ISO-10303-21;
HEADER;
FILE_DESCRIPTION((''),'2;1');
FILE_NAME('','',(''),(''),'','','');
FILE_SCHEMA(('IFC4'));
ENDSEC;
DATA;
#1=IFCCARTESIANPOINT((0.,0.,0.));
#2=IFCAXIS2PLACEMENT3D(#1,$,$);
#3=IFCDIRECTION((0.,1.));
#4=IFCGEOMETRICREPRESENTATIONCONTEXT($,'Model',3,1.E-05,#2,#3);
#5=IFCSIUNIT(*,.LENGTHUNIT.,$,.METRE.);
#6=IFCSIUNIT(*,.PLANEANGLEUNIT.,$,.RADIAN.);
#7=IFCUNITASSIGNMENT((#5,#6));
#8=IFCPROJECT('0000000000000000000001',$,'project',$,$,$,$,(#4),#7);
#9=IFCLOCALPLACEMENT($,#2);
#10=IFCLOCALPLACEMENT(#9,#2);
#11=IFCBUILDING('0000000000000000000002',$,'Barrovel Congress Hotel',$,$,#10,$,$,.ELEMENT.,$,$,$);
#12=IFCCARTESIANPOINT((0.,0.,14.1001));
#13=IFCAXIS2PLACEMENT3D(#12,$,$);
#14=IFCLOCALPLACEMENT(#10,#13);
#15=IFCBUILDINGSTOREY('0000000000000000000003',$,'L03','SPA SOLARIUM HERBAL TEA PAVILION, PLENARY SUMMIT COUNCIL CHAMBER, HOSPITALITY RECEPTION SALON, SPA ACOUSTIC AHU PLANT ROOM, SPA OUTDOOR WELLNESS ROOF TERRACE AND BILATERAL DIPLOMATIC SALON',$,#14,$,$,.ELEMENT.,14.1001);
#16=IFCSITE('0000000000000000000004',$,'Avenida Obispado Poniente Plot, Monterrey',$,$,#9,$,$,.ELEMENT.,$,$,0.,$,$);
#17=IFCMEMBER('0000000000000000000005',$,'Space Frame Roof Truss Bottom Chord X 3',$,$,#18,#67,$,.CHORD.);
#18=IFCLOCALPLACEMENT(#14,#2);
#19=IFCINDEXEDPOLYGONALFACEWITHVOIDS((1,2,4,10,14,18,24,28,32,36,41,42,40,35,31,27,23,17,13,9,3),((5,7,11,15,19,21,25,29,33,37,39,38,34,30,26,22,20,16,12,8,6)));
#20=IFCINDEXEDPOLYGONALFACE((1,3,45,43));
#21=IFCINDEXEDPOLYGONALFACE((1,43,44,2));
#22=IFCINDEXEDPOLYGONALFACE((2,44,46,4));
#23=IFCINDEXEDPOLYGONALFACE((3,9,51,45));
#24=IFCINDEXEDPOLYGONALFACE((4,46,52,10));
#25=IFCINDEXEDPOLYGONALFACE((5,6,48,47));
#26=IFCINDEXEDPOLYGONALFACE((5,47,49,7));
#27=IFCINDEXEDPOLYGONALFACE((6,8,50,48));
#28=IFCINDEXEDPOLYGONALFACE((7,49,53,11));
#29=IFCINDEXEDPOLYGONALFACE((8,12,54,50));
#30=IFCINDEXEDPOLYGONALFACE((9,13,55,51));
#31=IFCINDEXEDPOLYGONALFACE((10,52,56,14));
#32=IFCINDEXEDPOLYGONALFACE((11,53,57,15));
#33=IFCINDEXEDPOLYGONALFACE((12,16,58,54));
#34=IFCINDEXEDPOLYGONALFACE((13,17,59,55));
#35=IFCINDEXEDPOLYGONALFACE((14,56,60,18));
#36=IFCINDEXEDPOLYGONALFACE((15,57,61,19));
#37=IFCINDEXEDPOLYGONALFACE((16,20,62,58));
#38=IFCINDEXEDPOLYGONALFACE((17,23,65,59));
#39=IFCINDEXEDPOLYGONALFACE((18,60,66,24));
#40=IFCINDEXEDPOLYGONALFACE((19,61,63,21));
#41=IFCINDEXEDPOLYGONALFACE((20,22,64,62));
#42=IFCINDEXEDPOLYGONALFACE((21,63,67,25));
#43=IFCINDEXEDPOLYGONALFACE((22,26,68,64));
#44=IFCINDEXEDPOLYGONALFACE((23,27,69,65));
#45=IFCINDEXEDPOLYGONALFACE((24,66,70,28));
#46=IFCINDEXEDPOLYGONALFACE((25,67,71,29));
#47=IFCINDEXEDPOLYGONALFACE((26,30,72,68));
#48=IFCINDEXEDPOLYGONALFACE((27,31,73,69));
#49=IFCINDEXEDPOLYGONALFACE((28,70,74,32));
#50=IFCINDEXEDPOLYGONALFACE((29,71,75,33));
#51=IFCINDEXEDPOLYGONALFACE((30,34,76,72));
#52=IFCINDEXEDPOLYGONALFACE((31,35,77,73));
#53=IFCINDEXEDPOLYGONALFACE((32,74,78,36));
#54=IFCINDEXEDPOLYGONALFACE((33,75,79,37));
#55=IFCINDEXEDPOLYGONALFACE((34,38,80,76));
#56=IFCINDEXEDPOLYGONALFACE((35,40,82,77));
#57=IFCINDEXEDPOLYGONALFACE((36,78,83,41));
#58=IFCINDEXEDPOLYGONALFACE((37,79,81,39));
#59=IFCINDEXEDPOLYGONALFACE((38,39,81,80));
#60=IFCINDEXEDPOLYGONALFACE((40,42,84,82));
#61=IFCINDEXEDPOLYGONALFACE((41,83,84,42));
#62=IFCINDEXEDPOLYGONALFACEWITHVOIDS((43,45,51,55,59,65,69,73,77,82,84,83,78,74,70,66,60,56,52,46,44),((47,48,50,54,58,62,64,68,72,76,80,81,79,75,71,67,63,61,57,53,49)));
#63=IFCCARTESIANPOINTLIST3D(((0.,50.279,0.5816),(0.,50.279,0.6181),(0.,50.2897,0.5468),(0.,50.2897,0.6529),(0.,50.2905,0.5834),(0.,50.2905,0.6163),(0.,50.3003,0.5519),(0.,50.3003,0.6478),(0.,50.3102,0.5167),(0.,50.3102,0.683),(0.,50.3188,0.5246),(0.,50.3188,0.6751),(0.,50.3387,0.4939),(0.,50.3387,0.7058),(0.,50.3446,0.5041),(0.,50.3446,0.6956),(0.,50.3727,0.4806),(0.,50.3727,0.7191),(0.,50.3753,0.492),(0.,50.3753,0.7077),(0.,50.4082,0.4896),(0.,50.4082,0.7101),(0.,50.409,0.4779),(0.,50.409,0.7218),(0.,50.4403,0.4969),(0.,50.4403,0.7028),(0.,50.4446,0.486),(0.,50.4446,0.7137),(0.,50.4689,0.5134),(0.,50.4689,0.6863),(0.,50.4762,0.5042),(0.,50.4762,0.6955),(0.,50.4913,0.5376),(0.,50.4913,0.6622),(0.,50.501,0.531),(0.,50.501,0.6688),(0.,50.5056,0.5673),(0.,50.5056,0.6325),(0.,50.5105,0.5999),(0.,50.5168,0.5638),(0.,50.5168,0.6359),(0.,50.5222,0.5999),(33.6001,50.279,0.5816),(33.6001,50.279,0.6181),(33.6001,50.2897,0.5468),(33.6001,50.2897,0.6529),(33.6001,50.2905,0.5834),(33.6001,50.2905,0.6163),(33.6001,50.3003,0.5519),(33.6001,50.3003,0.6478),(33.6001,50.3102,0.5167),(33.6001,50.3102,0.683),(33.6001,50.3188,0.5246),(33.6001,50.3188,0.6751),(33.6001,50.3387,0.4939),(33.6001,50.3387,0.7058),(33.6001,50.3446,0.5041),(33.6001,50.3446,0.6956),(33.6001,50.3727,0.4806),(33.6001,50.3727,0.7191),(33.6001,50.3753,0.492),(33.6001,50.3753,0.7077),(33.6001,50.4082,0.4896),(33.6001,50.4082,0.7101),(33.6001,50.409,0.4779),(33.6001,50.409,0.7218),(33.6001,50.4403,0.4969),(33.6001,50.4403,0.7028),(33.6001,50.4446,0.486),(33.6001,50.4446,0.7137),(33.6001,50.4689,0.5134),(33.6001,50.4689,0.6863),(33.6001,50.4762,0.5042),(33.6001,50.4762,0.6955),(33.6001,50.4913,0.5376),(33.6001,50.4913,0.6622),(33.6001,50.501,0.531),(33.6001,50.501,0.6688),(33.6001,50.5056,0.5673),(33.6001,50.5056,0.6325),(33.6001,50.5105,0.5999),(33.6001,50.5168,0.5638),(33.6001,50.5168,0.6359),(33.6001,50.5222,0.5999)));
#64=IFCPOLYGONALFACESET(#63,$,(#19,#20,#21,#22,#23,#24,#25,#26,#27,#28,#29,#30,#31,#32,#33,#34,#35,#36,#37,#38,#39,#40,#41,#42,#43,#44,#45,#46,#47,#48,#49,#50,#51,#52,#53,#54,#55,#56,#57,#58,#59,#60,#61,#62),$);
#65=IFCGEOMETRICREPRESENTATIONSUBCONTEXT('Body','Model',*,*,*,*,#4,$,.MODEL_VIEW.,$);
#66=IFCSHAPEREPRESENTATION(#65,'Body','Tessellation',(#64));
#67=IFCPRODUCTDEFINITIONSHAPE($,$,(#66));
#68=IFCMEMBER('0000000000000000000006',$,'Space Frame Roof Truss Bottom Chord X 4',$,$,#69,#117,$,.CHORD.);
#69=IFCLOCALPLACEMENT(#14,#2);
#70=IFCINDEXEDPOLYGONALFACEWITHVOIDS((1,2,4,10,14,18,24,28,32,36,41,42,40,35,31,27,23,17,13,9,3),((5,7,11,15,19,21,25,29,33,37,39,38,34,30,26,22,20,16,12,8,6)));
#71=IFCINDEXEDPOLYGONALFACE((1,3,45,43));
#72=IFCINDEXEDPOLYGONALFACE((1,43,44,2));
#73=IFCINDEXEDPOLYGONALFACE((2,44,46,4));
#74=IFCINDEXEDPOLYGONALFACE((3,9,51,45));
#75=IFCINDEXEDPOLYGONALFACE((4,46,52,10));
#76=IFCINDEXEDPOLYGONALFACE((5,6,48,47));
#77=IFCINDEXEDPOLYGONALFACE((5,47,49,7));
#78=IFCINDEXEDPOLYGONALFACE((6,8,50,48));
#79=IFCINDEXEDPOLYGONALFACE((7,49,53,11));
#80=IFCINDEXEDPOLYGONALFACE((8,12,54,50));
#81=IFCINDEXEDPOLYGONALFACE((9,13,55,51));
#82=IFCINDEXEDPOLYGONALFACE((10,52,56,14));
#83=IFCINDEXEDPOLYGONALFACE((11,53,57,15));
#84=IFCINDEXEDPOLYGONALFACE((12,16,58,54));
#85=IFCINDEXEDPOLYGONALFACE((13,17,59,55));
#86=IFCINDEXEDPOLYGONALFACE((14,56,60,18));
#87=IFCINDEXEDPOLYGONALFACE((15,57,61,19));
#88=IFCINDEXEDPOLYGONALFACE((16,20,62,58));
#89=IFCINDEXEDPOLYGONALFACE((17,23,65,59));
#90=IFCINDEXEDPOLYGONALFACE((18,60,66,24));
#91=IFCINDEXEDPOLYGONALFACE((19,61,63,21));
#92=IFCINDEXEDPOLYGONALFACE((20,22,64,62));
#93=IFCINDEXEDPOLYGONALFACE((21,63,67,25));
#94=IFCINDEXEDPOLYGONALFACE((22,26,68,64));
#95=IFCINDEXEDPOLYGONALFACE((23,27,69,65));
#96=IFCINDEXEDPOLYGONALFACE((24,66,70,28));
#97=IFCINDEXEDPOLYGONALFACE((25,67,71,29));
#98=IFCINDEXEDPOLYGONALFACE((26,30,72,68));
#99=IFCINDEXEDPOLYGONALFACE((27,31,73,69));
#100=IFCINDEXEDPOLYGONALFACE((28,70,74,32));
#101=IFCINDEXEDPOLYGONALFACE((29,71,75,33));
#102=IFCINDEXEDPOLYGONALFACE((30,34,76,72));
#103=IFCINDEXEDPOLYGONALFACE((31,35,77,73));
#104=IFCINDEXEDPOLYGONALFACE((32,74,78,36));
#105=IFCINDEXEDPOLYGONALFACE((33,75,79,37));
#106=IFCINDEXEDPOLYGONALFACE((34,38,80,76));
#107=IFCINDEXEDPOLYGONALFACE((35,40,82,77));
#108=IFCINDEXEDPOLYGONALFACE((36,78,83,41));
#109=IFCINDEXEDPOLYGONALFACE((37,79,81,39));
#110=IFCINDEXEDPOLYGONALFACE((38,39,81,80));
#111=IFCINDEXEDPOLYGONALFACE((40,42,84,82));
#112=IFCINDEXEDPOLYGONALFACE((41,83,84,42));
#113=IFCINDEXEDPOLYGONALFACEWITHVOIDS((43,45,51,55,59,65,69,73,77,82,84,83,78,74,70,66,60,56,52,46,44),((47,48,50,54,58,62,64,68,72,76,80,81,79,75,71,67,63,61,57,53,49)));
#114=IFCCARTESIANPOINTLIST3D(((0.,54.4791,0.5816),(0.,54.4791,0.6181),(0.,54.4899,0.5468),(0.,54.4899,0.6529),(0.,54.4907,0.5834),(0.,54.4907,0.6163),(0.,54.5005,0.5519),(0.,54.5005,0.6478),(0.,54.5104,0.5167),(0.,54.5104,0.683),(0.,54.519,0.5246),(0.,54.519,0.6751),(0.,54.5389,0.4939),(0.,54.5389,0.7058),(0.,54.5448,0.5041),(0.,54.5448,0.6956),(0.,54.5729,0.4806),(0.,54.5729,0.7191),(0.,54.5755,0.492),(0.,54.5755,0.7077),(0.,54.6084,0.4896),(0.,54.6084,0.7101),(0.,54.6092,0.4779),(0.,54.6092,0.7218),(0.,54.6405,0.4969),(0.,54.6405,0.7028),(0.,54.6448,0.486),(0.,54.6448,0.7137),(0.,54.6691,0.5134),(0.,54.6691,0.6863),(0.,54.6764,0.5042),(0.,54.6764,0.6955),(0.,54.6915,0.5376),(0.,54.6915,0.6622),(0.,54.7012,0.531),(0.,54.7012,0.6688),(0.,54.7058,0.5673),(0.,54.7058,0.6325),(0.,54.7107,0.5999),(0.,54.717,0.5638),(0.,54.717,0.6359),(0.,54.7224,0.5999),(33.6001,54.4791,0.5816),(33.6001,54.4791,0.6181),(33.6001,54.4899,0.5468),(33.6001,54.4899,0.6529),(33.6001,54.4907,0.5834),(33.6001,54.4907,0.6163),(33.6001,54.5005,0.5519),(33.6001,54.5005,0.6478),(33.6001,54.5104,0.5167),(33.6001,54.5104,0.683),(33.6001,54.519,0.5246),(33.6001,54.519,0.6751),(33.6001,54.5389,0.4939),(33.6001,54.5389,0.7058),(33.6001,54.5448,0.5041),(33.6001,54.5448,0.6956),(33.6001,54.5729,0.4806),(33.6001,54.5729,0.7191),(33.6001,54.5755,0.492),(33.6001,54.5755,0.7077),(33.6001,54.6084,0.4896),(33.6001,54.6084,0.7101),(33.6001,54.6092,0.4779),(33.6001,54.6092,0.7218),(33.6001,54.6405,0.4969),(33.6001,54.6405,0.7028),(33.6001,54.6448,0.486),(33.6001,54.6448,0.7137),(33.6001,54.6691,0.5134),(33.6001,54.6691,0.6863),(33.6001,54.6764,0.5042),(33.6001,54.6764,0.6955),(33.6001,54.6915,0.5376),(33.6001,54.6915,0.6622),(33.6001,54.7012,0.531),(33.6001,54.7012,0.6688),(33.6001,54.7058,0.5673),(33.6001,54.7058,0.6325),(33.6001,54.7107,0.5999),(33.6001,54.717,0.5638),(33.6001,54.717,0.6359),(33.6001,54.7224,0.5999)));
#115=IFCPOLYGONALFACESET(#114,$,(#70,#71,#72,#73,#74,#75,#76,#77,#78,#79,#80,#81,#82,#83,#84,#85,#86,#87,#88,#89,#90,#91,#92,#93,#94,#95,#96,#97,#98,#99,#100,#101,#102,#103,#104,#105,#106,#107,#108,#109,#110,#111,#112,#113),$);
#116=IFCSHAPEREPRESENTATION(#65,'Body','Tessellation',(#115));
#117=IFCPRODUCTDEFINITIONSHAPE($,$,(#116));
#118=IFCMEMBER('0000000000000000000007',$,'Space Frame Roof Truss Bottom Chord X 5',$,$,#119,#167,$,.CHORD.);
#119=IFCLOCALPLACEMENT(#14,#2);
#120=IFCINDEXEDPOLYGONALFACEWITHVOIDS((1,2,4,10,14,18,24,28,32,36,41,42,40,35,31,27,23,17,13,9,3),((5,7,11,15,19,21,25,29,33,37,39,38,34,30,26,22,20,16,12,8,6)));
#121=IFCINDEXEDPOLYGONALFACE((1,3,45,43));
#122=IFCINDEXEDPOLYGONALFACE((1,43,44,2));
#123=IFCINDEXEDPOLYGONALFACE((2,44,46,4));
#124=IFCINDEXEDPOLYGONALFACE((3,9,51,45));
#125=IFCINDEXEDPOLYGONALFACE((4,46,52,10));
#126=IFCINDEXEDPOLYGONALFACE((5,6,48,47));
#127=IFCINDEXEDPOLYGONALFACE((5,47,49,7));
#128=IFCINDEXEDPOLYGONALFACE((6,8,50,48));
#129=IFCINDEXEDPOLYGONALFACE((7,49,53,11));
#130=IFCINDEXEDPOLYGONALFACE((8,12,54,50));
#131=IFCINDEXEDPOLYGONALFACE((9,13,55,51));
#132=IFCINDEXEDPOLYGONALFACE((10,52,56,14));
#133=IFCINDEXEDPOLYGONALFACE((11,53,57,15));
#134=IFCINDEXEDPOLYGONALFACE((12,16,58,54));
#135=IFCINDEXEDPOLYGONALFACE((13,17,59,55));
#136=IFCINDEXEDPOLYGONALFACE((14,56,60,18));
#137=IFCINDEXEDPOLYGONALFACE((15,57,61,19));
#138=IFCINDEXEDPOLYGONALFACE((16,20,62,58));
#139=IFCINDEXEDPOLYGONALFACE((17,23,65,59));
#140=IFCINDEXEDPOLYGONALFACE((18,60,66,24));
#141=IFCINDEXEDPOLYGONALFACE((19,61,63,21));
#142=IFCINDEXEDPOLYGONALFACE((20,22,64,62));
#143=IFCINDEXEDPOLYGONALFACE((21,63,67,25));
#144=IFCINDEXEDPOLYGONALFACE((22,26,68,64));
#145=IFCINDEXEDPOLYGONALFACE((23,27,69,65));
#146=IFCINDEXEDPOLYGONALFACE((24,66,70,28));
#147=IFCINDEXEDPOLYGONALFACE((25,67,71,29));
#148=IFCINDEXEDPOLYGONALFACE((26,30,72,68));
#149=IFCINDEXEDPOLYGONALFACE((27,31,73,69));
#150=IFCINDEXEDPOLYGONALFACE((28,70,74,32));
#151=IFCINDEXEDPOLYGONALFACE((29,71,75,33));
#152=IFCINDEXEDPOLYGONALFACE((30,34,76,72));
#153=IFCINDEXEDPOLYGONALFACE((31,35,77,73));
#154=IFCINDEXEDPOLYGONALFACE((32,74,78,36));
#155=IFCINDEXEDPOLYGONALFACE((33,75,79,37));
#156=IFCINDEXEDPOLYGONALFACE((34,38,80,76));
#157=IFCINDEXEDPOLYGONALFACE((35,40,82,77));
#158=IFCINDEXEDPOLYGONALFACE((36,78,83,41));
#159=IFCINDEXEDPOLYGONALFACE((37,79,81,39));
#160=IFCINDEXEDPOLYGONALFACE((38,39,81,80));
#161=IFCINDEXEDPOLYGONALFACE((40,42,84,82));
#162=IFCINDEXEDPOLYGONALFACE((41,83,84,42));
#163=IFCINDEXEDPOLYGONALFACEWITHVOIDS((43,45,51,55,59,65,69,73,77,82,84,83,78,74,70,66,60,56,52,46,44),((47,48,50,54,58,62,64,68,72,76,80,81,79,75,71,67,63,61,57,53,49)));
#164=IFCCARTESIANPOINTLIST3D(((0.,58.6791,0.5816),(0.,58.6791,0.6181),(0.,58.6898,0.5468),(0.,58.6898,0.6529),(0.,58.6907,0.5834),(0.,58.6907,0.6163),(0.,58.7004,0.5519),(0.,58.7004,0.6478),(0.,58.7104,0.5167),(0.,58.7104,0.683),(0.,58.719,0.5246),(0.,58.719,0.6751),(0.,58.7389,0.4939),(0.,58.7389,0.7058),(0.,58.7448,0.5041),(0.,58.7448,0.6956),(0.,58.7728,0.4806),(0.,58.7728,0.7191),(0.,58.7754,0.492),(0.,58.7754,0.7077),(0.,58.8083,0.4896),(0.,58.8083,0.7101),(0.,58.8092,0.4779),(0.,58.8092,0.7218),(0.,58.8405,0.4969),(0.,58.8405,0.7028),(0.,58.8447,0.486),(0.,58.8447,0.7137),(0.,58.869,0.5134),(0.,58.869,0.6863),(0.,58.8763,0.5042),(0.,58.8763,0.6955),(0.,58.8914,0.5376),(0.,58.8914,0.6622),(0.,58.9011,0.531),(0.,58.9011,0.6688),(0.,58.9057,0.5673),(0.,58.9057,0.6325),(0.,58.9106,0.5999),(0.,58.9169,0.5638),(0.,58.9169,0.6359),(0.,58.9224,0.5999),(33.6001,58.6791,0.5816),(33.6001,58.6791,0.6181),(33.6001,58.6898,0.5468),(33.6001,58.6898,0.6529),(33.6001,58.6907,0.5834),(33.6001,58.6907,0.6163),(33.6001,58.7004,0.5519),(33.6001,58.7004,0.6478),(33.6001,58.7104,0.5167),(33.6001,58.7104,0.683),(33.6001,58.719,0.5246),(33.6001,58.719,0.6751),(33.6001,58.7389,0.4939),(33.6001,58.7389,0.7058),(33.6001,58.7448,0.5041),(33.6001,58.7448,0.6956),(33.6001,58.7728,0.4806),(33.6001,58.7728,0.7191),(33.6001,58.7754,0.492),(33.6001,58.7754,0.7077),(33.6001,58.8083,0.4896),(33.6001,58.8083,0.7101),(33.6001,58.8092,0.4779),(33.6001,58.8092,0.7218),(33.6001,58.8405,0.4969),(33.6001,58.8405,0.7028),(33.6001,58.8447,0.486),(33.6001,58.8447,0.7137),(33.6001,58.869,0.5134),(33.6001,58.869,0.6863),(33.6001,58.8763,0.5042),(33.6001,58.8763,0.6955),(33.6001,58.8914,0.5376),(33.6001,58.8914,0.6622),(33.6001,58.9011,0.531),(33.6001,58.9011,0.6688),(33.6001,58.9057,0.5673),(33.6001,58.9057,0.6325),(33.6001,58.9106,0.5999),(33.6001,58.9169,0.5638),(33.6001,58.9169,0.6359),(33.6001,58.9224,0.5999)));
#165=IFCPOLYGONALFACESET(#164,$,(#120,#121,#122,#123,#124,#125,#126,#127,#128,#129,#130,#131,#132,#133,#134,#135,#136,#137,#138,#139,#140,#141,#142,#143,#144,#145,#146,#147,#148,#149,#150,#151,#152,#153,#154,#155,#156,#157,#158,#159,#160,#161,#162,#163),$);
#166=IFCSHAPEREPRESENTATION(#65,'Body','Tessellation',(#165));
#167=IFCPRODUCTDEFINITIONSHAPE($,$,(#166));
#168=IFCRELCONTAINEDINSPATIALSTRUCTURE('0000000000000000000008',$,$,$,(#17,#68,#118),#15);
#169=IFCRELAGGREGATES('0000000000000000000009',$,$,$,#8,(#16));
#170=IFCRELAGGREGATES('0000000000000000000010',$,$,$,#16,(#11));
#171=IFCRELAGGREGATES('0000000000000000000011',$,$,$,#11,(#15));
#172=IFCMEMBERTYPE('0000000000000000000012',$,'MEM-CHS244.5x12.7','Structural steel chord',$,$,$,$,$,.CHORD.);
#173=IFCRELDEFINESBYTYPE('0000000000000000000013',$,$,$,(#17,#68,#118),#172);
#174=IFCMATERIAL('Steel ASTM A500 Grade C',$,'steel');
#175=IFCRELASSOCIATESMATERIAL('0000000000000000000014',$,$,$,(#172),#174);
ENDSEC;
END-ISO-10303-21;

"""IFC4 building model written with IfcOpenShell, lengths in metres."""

from ifc_helpers import new_model, si_unit, direction, frame, origin, origin_2d, place, context, subcontext, project, spatial, hollow_circle, extrude, material, material_profile, profile_set, type_object, element, save


model = new_model("IFC4")

# Units and contexts
model_context = context("Model", 3, precision=1e-05, world=origin(), true_north=direction((0.0, 1.0)))
body_context = subcontext(model_context, "Body", "Model", "MODEL_VIEW")
ifc_project = project(units=[si_unit("LENGTHUNIT", "METRE"), si_unit("PLANEANGLEUNIT", "RADIAN")], contexts=[model_context])

# Site, building, storey
site_placement = place(None, origin())
site = spatial("IfcSite", under=ifc_project, at=site_placement, Name="Avenida Obispado Poniente Plot, Monterrey", CompositionType="ELEMENT", RefElevation=0.0)
building_placement = place(site_placement, origin())
building = spatial("IfcBuilding", under=site, at=building_placement, Name="Barrovel Congress Hotel", CompositionType="ELEMENT")
storey_placement = place(building_placement, frame((0.0, 0.0, 14.1001)))
storey = spatial("IfcBuildingStorey", under=building, at=storey_placement, Name="L03", Description="SPA SOLARIUM HERBAL TEA PAVILION, PLENARY SUMMIT COUNCIL CHAMBER, HOSPITALITY RECEPTION SALON, SPA ACOUSTIC AHU PLANT ROOM, SPA OUTDOOR WELLNESS ROOF TERRACE AND BILATERAL DIPLOMATIC SALON", CompositionType="ELEMENT", Elevation=14.1001)

# Members
ifc_material_1 = material(Name="Steel ASTM A500 Grade C", Category="steel")
ifc_material_profile_1 = material_profile(ifc_material_1, hollow_circle(Radius=0.1223, WallThickness=0.0117, at=origin_2d()), Name="CHS244.5x12.7")
ifc_profile_set_1 = profile_set([ifc_material_profile_1], Name="Steel ASTM A500 Grade C")
member_type_1 = type_object("IfcMemberType", Name="MEM-CHS244.5x12.7", Description="Structural steel chord", PredefinedType="CHORD", material=ifc_profile_set_1)
for number, where, z_axis, x_axis, name in (
    (1, (0.0, 50.3999, 0.5999), (1.0, 0.0, 0.0), (0.0, 1.0, 0.0), "Space Frame Roof Truss Bottom Chord X 3"),
    (2, (0.0, 54.6001, 0.5999), (1.0, 0.0, 0.0), (0.0, 1.0, 0.0), "Space Frame Roof Truss Bottom Chord X 4"),
    (3, (0.0, 58.8, 0.5999), (1.0, 0.0, 0.0), (0.0, 1.0, 0.0), "Space Frame Roof Truss Bottom Chord X 5"),
):
    element("IfcMember", number, at=place(storey_placement, frame(where, z_axis=z_axis, x_axis=x_axis)), inside=storey, type_object=member_type_1, Name=name, PredefinedType="CHORD", context=body_context, shape_type="SweptSolid", body=[
        extrude(hollow_circle(Radius=0.1223, WallThickness=0.0117, at=origin_2d()), origin(), (0.0, 0.0, 1.0), 33.6001),
    ])

save(model, "model.ifc")
